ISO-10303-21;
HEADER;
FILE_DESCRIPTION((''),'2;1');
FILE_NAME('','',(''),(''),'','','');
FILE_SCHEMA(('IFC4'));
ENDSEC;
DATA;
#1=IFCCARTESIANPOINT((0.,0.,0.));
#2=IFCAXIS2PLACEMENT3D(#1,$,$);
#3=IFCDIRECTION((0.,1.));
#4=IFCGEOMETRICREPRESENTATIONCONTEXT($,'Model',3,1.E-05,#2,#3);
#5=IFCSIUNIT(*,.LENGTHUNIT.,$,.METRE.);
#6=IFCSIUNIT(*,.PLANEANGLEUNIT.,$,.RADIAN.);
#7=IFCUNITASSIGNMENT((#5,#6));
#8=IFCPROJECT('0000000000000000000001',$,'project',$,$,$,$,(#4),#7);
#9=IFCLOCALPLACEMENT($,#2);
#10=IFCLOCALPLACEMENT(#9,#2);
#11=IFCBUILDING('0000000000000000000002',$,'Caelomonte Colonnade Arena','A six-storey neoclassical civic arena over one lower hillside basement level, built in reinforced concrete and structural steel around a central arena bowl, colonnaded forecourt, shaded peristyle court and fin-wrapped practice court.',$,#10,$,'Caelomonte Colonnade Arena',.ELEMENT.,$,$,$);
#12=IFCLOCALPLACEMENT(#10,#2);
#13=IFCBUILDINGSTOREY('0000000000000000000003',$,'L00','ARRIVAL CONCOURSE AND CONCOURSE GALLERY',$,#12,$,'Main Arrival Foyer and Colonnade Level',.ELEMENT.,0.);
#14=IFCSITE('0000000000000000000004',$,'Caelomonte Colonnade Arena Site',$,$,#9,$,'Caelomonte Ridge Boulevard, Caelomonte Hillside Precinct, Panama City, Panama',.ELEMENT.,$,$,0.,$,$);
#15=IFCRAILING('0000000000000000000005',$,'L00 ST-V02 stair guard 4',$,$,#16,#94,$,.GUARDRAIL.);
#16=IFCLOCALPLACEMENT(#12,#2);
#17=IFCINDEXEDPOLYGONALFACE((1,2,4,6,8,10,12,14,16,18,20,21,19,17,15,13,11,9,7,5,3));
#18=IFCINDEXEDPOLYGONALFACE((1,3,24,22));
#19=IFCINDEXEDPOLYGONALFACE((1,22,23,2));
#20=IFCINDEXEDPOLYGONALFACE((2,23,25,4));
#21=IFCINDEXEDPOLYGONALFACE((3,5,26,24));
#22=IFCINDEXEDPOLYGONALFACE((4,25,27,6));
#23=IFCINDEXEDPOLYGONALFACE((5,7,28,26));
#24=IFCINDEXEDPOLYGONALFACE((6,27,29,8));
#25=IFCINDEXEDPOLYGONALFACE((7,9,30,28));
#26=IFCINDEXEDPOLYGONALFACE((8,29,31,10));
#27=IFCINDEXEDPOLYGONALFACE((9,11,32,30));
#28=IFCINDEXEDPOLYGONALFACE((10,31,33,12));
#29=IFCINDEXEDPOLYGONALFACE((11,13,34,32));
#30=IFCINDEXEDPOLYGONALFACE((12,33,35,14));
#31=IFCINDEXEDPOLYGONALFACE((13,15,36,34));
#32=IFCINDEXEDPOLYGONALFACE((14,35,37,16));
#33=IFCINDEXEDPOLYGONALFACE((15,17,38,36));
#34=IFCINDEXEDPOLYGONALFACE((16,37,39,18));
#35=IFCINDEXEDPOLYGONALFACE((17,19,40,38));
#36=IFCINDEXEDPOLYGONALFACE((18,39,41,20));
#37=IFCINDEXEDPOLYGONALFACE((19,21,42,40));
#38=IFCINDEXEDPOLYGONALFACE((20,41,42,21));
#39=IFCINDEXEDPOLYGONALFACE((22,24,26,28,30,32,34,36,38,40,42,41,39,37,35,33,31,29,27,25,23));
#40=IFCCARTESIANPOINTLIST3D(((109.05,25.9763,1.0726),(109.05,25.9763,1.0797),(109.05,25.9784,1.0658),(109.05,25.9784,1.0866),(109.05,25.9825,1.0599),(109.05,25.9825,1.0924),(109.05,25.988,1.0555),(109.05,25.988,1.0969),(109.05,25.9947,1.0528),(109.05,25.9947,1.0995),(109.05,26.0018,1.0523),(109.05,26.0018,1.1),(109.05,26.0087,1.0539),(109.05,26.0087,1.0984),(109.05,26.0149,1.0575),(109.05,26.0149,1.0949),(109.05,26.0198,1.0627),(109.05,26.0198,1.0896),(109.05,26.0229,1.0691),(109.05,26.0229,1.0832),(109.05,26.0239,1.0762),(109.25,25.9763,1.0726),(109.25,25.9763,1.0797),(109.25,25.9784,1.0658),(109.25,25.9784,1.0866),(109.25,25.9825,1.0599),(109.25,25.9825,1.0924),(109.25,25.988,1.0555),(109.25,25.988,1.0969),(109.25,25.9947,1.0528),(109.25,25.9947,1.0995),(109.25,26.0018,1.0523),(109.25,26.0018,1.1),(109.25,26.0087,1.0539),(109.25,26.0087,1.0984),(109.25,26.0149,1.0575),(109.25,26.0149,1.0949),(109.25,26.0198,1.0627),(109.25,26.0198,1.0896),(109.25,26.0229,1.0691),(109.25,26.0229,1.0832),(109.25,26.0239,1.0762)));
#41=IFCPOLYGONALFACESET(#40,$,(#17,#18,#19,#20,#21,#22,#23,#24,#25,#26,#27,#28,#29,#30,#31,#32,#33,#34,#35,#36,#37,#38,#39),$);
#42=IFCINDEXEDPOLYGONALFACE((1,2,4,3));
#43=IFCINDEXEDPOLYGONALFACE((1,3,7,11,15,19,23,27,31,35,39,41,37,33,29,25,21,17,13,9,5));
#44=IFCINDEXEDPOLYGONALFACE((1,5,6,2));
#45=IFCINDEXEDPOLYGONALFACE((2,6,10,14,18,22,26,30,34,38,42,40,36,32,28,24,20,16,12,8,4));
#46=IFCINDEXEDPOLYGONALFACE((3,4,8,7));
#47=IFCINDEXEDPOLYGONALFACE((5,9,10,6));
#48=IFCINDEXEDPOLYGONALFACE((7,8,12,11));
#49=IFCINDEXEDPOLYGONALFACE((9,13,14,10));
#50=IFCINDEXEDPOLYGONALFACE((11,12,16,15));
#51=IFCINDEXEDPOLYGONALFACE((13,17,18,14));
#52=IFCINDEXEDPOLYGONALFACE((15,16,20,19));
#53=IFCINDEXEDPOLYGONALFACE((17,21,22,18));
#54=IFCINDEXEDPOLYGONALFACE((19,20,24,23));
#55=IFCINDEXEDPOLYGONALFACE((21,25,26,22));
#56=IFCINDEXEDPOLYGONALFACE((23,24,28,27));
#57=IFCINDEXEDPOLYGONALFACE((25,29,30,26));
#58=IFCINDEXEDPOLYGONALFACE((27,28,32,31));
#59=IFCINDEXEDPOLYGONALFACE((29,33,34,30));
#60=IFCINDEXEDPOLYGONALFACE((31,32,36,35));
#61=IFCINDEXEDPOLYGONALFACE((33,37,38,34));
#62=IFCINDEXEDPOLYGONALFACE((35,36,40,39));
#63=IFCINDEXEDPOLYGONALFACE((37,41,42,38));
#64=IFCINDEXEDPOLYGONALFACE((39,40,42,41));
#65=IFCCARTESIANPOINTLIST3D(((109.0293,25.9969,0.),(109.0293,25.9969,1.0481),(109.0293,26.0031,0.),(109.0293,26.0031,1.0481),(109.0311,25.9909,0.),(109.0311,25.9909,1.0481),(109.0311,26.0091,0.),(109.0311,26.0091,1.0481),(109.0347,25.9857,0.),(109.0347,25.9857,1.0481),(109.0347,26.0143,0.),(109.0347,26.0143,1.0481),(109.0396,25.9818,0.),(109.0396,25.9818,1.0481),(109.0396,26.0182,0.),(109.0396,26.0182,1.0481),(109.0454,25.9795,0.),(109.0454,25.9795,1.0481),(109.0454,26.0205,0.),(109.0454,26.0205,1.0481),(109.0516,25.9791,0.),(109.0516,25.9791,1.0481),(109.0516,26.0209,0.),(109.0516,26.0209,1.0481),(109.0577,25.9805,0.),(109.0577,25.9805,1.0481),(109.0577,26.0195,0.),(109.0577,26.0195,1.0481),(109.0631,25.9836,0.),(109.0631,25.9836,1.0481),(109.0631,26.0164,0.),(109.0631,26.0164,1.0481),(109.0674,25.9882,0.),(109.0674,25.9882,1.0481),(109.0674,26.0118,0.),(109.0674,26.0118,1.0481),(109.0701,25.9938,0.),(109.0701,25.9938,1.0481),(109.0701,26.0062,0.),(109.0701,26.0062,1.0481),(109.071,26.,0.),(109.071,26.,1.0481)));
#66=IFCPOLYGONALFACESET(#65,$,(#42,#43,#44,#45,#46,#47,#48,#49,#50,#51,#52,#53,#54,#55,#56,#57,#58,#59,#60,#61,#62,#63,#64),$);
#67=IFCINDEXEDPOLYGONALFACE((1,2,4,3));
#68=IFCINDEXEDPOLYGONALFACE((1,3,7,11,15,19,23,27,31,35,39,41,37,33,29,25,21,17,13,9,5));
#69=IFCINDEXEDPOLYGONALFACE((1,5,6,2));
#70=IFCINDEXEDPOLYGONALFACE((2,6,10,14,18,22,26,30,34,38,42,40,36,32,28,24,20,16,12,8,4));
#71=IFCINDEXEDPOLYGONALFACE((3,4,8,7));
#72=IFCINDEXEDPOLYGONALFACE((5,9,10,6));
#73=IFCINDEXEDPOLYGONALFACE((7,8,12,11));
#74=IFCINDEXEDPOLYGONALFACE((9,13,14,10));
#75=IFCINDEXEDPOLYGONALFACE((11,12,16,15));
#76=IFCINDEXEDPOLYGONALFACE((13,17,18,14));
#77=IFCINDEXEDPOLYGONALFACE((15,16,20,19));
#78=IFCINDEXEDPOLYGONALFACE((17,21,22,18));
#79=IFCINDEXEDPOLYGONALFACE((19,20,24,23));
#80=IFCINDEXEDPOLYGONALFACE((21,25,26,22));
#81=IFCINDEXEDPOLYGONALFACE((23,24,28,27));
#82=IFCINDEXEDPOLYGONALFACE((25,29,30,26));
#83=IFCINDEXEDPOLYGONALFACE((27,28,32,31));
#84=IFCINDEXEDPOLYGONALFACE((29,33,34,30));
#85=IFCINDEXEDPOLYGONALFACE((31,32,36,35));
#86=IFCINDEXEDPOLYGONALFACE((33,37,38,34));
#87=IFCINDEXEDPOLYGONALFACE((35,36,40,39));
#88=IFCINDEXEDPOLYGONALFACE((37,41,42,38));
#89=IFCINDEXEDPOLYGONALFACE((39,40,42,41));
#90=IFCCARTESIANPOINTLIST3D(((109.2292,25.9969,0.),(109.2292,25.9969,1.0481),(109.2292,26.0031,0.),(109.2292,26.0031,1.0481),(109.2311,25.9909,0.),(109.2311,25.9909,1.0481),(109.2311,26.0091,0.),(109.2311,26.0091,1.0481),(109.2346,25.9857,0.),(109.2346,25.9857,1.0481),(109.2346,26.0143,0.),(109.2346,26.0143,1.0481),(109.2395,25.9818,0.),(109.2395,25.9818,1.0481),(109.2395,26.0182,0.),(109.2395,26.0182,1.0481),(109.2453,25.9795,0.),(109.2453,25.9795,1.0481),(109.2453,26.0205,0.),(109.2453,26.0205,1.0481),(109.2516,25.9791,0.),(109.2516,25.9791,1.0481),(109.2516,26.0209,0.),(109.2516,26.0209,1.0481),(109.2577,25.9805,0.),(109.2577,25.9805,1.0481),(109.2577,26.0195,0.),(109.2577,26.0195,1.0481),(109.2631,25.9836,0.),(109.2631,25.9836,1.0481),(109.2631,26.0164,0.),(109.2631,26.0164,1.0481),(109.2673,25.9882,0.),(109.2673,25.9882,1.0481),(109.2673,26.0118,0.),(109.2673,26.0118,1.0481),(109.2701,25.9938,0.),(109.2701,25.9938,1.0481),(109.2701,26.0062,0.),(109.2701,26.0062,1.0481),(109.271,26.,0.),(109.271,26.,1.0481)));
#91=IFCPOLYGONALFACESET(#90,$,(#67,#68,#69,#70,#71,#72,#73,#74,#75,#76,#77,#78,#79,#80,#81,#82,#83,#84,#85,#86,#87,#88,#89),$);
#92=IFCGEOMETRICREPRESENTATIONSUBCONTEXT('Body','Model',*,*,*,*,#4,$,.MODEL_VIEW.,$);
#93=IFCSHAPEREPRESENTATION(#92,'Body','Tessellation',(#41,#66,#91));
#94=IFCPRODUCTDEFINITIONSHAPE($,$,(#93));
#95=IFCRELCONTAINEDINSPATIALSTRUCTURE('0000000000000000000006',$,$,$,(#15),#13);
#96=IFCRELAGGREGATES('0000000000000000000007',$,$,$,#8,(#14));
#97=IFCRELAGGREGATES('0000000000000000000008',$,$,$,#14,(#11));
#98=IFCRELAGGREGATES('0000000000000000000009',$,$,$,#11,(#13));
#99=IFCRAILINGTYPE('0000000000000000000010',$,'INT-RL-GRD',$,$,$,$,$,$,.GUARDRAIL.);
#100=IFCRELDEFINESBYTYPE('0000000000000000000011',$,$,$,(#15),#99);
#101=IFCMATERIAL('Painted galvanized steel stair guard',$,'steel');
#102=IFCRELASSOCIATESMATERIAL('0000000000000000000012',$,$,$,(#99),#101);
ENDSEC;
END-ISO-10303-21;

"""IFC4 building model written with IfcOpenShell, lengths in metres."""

from ifc_helpers import new_model, si_unit, direction, frame, origin, origin_2d, place, context, subcontext, project, spatial, circle, extrude, material, type_object, element, save


model = new_model("IFC4")

# Units and contexts
model_context = context("Model", 3, precision=1e-05, world=origin(), true_north=direction((0.0, 1.0)))
body_context = subcontext(model_context, "Body", "Model", "MODEL_VIEW")
ifc_project = project(units=[si_unit("LENGTHUNIT", "METRE"), si_unit("PLANEANGLEUNIT", "RADIAN")], contexts=[model_context])

# Site, building, storey
site_placement = place(None, origin())
site = spatial("IfcSite", under=ifc_project, at=site_placement, Name="Caelomonte Colonnade Arena Site", LongName="Caelomonte Ridge Boulevard, Caelomonte Hillside Precinct, Panama City, Panama", CompositionType="ELEMENT", RefElevation=0.0)
building_placement = place(site_placement, origin())
building = spatial("IfcBuilding", under=site, at=building_placement, Name="Caelomonte Colonnade Arena", Description="A six-storey neoclassical civic arena over one lower hillside basement level, built in reinforced concrete and structural steel around a central arena bowl, colonnaded forecourt, shaded peristyle court and fin-wrapped practice court.", LongName="Caelomonte Colonnade Arena", CompositionType="ELEMENT")
storey_placement = place(building_placement, origin())
storey = spatial("IfcBuildingStorey", under=building, at=storey_placement, Name="L00", Description="ARRIVAL CONCOURSE AND CONCOURSE GALLERY", LongName="Main Arrival Foyer and Colonnade Level", CompositionType="ELEMENT", Elevation=0.0)

# Railing
ifc_material_1 = material(Name="Painted galvanized steel stair guard", Category="steel")
railing_type_1 = type_object("IfcRailingType", Name="INT-RL-GRD", PredefinedType="GUARDRAIL", material=ifc_material_1)
railing_1_placement = place(storey_placement, frame((109.05, 26.0, 0.0)))
element("IfcRailing", 1, at=railing_1_placement, inside=storey, type_object=railing_type_1, Name="L00 ST-V02 stair guard 4", PredefinedType="GUARDRAIL", context=body_context, shape_type="SweptSolid", body=[
    extrude(circle(Radius=0.0239, at=origin_2d()), frame((0.0, 0.0, 1.0762), z_axis=(1.0, 0.0, 0.0), x_axis=(0.0, 1.0, 0.0)), (0.0, 0.0, 1.0), 0.2),
    extrude(circle(Radius=0.021, at=origin_2d()), origin(), (0.0, 0.0, 1.0), 1.0481),
    extrude(circle(Radius=0.021, at=origin_2d()), frame((0.2, 0.0, 0.0)), (0.0, 0.0, 1.0), 1.0481),
])

save(model, "model.ifc")
